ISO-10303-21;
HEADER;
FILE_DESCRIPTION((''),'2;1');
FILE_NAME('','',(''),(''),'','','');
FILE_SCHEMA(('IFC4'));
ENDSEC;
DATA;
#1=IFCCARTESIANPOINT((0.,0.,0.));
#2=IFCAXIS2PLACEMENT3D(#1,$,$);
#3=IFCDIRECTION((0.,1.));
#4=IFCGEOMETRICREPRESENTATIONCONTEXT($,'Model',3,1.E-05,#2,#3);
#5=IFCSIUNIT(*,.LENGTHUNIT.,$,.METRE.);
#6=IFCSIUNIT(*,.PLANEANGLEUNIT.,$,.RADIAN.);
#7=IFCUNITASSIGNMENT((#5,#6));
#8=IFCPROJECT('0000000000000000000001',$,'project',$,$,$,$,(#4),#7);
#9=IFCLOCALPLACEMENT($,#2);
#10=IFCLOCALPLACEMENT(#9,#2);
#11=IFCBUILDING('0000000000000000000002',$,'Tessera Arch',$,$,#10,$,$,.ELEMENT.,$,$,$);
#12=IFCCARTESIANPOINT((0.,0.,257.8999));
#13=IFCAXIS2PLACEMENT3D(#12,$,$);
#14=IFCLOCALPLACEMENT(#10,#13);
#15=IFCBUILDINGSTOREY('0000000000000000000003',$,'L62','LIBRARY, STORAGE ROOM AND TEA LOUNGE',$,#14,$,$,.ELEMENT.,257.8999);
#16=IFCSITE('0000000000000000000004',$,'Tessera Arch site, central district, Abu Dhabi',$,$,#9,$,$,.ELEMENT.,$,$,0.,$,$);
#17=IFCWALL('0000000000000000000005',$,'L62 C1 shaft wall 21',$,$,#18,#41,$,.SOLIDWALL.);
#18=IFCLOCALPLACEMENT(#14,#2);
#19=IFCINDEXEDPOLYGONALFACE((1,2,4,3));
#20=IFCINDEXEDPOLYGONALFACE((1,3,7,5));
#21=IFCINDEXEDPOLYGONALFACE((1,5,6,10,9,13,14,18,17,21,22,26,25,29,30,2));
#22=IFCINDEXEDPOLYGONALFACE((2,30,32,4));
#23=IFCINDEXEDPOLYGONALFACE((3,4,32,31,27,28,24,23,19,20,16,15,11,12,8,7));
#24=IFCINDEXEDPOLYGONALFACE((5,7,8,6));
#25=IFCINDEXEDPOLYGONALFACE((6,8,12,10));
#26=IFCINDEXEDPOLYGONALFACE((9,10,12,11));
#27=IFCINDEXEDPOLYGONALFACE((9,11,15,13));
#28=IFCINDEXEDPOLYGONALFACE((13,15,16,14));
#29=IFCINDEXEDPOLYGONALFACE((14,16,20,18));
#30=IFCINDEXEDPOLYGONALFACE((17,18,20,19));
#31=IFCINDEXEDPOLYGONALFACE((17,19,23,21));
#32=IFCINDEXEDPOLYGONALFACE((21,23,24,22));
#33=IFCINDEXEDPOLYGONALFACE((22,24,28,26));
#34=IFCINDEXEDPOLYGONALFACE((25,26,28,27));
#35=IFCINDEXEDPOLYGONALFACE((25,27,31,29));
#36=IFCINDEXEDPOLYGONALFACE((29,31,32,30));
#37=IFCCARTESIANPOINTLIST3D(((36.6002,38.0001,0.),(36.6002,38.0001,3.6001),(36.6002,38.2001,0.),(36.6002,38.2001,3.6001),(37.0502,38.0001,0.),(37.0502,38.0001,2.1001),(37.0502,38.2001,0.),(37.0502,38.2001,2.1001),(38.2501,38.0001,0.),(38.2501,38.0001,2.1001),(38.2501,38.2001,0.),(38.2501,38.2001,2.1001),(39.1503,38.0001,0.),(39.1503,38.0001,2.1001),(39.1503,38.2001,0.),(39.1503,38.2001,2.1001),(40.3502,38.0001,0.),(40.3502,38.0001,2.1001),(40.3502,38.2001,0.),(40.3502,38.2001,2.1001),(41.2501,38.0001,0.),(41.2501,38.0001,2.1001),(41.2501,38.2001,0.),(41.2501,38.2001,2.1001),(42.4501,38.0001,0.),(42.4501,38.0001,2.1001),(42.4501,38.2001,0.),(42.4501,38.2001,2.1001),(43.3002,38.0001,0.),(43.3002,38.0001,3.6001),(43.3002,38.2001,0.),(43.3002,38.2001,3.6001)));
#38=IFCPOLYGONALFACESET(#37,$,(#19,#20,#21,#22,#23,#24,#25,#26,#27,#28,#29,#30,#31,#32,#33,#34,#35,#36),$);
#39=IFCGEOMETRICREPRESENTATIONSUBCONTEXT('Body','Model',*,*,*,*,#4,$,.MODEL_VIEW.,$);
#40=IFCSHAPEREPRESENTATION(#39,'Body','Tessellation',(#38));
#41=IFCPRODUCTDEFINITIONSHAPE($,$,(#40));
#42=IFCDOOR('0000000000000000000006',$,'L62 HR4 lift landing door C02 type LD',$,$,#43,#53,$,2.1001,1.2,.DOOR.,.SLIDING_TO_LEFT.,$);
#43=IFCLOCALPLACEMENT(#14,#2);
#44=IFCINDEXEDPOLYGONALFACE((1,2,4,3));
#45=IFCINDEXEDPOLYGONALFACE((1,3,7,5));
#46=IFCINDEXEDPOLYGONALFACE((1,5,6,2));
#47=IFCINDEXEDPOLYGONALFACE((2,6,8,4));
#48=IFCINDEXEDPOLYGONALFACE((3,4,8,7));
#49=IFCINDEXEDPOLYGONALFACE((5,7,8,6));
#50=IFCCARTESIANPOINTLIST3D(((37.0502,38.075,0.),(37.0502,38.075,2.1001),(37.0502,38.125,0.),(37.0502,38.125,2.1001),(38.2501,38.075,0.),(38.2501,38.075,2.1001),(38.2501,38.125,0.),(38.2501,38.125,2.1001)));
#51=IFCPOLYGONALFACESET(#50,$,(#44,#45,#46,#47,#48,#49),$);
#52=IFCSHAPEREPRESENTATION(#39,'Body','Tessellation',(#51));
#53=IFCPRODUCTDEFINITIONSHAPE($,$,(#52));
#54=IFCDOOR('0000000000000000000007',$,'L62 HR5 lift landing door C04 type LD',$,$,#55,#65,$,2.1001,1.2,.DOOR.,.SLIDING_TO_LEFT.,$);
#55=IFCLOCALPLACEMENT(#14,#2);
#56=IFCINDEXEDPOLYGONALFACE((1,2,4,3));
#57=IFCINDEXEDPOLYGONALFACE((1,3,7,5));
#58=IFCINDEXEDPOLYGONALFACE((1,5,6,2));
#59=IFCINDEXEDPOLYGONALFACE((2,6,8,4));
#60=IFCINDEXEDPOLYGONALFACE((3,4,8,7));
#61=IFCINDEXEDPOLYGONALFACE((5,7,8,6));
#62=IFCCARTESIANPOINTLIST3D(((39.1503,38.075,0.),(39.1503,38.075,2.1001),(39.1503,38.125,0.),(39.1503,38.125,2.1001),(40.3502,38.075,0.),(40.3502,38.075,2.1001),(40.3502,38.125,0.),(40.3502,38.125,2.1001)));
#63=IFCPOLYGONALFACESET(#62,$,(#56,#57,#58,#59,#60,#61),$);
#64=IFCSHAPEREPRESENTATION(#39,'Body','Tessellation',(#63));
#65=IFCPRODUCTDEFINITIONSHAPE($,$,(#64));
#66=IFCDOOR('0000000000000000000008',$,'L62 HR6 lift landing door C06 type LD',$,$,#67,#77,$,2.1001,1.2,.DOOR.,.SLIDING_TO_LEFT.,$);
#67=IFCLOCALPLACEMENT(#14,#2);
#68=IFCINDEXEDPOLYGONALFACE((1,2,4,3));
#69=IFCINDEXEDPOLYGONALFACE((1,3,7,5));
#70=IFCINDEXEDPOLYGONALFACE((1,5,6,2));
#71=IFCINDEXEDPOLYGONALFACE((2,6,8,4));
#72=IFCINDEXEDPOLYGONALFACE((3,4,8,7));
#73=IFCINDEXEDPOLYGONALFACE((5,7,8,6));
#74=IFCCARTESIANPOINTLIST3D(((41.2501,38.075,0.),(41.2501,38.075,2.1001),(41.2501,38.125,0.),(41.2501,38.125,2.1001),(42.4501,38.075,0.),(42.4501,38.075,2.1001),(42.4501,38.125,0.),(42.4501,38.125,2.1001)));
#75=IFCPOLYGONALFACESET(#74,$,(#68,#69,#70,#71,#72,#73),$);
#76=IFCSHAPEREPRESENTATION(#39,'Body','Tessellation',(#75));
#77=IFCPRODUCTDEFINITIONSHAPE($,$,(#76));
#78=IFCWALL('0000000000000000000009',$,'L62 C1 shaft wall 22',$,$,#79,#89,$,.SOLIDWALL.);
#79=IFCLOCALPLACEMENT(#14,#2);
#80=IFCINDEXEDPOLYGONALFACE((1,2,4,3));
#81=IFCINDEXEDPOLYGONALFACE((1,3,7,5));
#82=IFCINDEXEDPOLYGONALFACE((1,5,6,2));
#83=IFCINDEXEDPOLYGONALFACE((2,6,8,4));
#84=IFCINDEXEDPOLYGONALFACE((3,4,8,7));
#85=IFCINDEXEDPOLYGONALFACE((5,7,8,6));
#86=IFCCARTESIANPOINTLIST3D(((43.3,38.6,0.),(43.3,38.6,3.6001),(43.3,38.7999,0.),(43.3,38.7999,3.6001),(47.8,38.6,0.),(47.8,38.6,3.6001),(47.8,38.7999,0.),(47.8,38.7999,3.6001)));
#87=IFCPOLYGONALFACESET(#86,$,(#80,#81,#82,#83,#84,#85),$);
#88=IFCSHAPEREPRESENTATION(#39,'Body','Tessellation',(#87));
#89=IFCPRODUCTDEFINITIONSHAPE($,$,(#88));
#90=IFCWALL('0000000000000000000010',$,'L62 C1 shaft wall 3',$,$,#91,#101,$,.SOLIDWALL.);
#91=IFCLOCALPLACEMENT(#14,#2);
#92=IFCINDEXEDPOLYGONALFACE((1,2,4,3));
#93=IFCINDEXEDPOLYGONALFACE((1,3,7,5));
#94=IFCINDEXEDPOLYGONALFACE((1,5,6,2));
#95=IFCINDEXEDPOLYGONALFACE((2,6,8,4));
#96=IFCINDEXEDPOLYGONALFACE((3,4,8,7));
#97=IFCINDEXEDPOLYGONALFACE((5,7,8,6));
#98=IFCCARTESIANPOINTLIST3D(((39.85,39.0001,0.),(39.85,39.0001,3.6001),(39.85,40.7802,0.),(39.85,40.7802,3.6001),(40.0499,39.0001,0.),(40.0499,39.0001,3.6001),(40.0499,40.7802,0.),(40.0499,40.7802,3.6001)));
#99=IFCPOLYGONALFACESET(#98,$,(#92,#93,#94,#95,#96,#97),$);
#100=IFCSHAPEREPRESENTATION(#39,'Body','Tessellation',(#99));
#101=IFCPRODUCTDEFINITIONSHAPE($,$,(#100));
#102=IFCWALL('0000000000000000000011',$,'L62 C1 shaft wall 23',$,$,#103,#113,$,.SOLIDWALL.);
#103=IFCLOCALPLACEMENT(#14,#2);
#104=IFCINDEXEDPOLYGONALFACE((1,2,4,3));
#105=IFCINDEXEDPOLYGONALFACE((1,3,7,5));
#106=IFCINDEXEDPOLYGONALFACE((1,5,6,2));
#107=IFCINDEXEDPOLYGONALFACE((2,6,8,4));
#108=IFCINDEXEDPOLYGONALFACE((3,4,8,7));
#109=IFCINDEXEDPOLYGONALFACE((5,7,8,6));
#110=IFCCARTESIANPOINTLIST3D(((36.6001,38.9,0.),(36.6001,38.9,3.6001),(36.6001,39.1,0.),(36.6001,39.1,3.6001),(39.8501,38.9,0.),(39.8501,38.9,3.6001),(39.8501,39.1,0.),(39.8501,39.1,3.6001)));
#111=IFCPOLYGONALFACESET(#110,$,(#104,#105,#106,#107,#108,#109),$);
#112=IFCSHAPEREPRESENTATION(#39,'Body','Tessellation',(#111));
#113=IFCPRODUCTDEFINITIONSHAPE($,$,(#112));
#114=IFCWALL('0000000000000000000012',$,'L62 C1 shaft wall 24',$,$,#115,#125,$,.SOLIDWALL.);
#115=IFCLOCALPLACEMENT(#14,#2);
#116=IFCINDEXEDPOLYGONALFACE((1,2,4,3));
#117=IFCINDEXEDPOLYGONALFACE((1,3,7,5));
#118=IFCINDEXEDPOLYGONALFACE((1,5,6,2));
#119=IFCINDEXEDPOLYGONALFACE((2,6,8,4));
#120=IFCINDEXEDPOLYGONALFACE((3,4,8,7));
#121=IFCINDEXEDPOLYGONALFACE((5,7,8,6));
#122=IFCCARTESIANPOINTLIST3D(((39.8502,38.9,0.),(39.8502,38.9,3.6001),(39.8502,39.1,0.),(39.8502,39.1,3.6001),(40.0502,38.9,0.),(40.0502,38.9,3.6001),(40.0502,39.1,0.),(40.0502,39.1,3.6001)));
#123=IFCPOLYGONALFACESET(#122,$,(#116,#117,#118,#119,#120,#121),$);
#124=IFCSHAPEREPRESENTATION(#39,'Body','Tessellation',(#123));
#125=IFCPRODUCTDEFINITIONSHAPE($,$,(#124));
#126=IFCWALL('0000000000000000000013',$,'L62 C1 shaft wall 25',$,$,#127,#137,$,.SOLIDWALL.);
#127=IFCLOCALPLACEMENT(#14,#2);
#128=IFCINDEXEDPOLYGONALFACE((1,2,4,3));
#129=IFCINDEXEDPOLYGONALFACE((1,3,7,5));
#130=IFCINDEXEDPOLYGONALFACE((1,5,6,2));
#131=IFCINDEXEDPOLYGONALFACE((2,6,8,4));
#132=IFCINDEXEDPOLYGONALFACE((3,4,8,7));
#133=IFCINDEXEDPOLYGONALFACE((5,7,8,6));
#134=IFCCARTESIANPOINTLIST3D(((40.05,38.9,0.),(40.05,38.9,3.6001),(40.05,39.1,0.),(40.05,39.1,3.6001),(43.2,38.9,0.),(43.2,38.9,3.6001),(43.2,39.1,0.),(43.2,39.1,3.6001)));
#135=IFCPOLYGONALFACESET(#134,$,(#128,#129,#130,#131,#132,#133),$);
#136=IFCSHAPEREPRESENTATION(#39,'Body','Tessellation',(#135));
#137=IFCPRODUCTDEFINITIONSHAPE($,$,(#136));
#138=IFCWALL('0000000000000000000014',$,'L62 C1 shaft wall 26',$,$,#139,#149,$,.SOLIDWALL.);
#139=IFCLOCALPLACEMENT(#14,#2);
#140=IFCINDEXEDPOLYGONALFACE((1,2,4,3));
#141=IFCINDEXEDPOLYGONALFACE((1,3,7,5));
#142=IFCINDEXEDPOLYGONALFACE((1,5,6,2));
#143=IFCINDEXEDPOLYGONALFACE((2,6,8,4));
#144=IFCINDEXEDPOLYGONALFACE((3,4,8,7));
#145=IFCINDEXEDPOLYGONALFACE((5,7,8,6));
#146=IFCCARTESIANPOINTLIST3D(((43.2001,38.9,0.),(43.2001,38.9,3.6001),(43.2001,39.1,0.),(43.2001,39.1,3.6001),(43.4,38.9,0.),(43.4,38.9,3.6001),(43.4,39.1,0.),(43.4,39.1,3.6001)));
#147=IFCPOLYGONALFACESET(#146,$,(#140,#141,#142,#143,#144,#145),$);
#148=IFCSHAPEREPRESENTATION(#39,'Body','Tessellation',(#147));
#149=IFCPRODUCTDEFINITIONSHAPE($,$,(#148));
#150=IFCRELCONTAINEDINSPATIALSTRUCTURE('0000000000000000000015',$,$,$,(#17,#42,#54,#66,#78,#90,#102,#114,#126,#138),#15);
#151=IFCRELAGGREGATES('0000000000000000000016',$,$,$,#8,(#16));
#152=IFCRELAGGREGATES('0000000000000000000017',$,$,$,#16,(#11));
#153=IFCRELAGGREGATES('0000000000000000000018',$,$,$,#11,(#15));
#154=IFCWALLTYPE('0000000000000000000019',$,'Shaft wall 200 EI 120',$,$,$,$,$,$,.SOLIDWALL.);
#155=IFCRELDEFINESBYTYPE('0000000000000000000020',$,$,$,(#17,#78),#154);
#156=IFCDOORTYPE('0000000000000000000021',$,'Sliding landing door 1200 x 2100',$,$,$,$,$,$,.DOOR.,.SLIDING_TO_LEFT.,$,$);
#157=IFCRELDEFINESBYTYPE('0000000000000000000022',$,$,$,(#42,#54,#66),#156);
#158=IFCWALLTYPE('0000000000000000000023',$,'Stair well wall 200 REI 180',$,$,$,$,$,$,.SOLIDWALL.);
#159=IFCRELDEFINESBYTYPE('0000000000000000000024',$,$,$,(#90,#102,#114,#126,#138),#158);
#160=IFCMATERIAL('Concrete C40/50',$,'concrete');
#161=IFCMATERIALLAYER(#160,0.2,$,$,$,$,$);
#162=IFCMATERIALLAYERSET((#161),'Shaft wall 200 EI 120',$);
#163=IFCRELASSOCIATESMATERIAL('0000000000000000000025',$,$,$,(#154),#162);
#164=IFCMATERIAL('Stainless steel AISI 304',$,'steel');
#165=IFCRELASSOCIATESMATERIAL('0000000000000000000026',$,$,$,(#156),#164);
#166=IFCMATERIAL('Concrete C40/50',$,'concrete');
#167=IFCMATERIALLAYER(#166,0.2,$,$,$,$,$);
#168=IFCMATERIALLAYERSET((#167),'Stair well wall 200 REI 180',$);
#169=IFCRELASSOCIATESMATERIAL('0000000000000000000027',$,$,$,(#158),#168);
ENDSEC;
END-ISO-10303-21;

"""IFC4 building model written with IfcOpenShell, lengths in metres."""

from ifc_helpers import new_model, si_unit, direction, frame, frame_2d, origin, place, context, subcontext, project, spatial, rectangle, extrude, material, layer, layer_set, type_object, element, fill, save


model = new_model("IFC4")

# Units and contexts
model_context = context("Model", 3, precision=1e-05, world=origin(), true_north=direction((0.0, 1.0)))
body_context = subcontext(model_context, "Body", "Model", "MODEL_VIEW")
ifc_project = project(units=[si_unit("LENGTHUNIT", "METRE"), si_unit("PLANEANGLEUNIT", "RADIAN")], contexts=[model_context])

# Site, building, storey
site_placement = place(None, origin())
site = spatial("IfcSite", under=ifc_project, at=site_placement, Name="Tessera Arch site, central district, Abu Dhabi", CompositionType="ELEMENT", RefElevation=0.0)
building_placement = place(site_placement, origin())
building = spatial("IfcBuilding", under=site, at=building_placement, Name="Tessera Arch", CompositionType="ELEMENT")
storey_placement = place(building_placement, frame((0.0, 0.0, 257.8999)))
storey = spatial("IfcBuildingStorey", under=building, at=storey_placement, Name="L62", Description="LIBRARY, STORAGE ROOM AND TEA LOUNGE", CompositionType="ELEMENT", Elevation=257.8999)

# Shared definitions
ifc_material_1 = material(Name="Concrete C40/50", Category="concrete")
ifc_layer_1 = layer(ifc_material_1, 0.2)
ifc_layer_set_1 = layer_set([ifc_layer_1], Name="Shaft wall 200 EI 120")
wall_type_1 = type_object("IfcWallType", Name="Shaft wall 200 EI 120", PredefinedType="SOLIDWALL", material=ifc_layer_set_1)

# Shared definitions
ifc_material_2 = material(Name="Stainless steel AISI 304", Category="steel")
door_type_1 = type_object("IfcDoorType", Name="Sliding landing door 1200 x 2100", OperationType="SLIDING_TO_LEFT", PredefinedType="DOOR", material=ifc_material_2)

# Wall, openings, doors
wall_1_placement = place(storey_placement, frame((36.6001, 38.1001, 0.0), z_axis=(0.0, 0.0, 1.0), x_axis=(1.0, 0.0, 0.0)))
wall_1 = element("IfcWall", 1, at=wall_1_placement, inside=storey, type_object=wall_type_1, Name="L62 C1 shaft wall 21", PredefinedType="SOLIDWALL", context=body_context, shape_type="SweptSolid", body=[
    extrude(rectangle(XDim=6.7, YDim=0.2, at=frame_2d((3.3501, 0.0))), origin(), (0.0, 0.0, 1.0), 3.6001),
])
opening_1_placement = place(wall_1_placement, frame((0.45, 0.0, 0.0)))
opening_1 = element("IfcOpeningElement", 2, at=opening_1_placement, cuts=wall_1, PredefinedType="OPENING", context=body_context, shape_type="SweptSolid", body=[
    extrude(rectangle(XDim=1.2, YDim=2.1001, at=frame_2d((0.6001, 1.05))), frame((0.0, 0.1099, 0.0), z_axis=(0.0, -1.0, 0.0), x_axis=(1.0, 0.0, 0.0)), (0.0, 0.0, 1.0), 0.22),
])
opening_2_placement = place(wall_1_placement, frame((2.55, 0.0, 0.0)))
opening_2 = element("IfcOpeningElement", 3, at=opening_2_placement, cuts=wall_1, PredefinedType="OPENING", context=body_context, shape_type="SweptSolid", body=[
    extrude(rectangle(XDim=1.2, YDim=2.1001, at=frame_2d((0.6001, 1.05))), frame((0.0, 0.1099, 0.0), z_axis=(0.0, -1.0, 0.0), x_axis=(1.0, 0.0, 0.0)), (0.0, 0.0, 1.0), 0.22),
])
opening_3_placement = place(wall_1_placement, frame((4.6499, 0.0, 0.0)))
opening_3 = element("IfcOpeningElement", 4, at=opening_3_placement, cuts=wall_1, PredefinedType="OPENING", context=body_context, shape_type="SweptSolid", body=[
    extrude(rectangle(XDim=1.2, YDim=2.1001, at=frame_2d((0.6001, 1.05))), frame((0.0, 0.1099, 0.0), z_axis=(0.0, -1.0, 0.0), x_axis=(1.0, 0.0, 0.0)), (0.0, 0.0, 1.0), 0.22),
])
door_1_placement = place(opening_1_placement, origin())
door_1 = element("IfcDoor", 5, at=door_1_placement, inside=storey, type_object=door_type_1, Name="L62 HR4 lift landing door C02 type LD", OperationType="SLIDING_TO_LEFT", OverallHeight=2.1001, OverallWidth=1.2, PredefinedType="DOOR", context=body_context, shape_type="SweptSolid", body=[
    extrude(rectangle(XDim=1.2, YDim=2.1001, at=frame_2d((0.6001, 1.05))), frame((0.0, 0.0249, 0.0), z_axis=(0.0, -1.0, 0.0), x_axis=(1.0, 0.0, 0.0)), (0.0, 0.0, 1.0), 0.05),
])
fill(opening_1, door_1)
door_2_placement = place(opening_2_placement, origin())
door_2 = element("IfcDoor", 6, at=door_2_placement, inside=storey, type_object=door_type_1, Name="L62 HR5 lift landing door C04 type LD", OperationType="SLIDING_TO_LEFT", OverallHeight=2.1001, OverallWidth=1.2, PredefinedType="DOOR", context=body_context, shape_type="SweptSolid", body=[
    extrude(rectangle(XDim=1.2, YDim=2.1001, at=frame_2d((0.6001, 1.05))), frame((0.0, 0.0249, 0.0), z_axis=(0.0, -1.0, 0.0), x_axis=(1.0, 0.0, 0.0)), (0.0, 0.0, 1.0), 0.05),
])
fill(opening_2, door_2)
door_3_placement = place(opening_3_placement, origin())
door_3 = element("IfcDoor", 7, at=door_3_placement, inside=storey, type_object=door_type_1, Name="L62 HR6 lift landing door C06 type LD", OperationType="SLIDING_TO_LEFT", OverallHeight=2.1001, OverallWidth=1.2, PredefinedType="DOOR", context=body_context, shape_type="SweptSolid", body=[
    extrude(rectangle(XDim=1.2, YDim=2.1001, at=frame_2d((0.6001, 1.05))), frame((0.0, 0.0249, 0.0), z_axis=(0.0, -1.0, 0.0), x_axis=(1.0, 0.0, 0.0)), (0.0, 0.0, 1.0), 0.05),
])
fill(opening_3, door_3)

# Walls
wall_2_placement = place(storey_placement, frame((43.3, 38.7, 0.0), z_axis=(0.0, 0.0, 1.0), x_axis=(1.0, 0.0, 0.0)))
element("IfcWall", 8, at=wall_2_placement, inside=storey, type_object=wall_type_1, Name="L62 C1 shaft wall 22", PredefinedType="SOLIDWALL", context=body_context, shape_type="SweptSolid", body=[
    extrude(rectangle(XDim=4.5, YDim=0.2, at=frame_2d((2.25, 0.0))), origin(), (0.0, 0.0, 1.0), 3.6001),
])
ifc_material_3 = material(Name="Concrete C40/50", Category="concrete")
ifc_layer_2 = layer(ifc_material_3, 0.2)
ifc_layer_set_2 = layer_set([ifc_layer_2], Name="Stair well wall 200 REI 180")
wall_type_2 = type_object("IfcWallType", Name="Stair well wall 200 REI 180", PredefinedType="SOLIDWALL", material=ifc_layer_set_2)
wall_3_placement = place(storey_placement, frame((39.95, 39.0, 0.0), z_axis=(0.0, 0.0, 1.0), x_axis=(0.0, 1.0, 0.0)))
element("IfcWall", 9, at=wall_3_placement, inside=storey, type_object=wall_type_2, Name="L62 C1 shaft wall 3", PredefinedType="SOLIDWALL", context=body_context, shape_type="SweptSolid", body=[
    extrude(rectangle(XDim=1.78, YDim=0.2, at=frame_2d((0.8901, 0.0))), origin(), (0.0, 0.0, 1.0), 3.6001),
])
wall_4_placement = place(storey_placement, frame((36.6001, 39.0, 0.0), z_axis=(0.0, 0.0, 1.0), x_axis=(1.0, 0.0, 0.0)))
element("IfcWall", 10, at=wall_4_placement, inside=storey, type_object=wall_type_2, Name="L62 C1 shaft wall 23", PredefinedType="SOLIDWALL", context=body_context, shape_type="SweptSolid", body=[
    extrude(rectangle(XDim=3.25, YDim=0.2, at=frame_2d((1.625, 0.0))), origin(), (0.0, 0.0, 1.0), 3.6001),
])
wall_5_placement = place(storey_placement, frame((39.8501, 39.0, 0.0), z_axis=(0.0, 0.0, 1.0), x_axis=(1.0, 0.0, 0.0)))
element("IfcWall", 11, at=wall_5_placement, inside=storey, type_object=wall_type_2, Name="L62 C1 shaft wall 24", PredefinedType="SOLIDWALL", context=body_context, shape_type="SweptSolid", body=[
    extrude(rectangle(XDim=0.2, YDim=0.2, at=frame_2d((0.1001, 0.0))), origin(), (0.0, 0.0, 1.0), 3.6001),
])
wall_6_placement = place(storey_placement, frame((40.05, 39.0, 0.0), z_axis=(0.0, 0.0, 1.0), x_axis=(1.0, 0.0, 0.0)))
element("IfcWall", 12, at=wall_6_placement, inside=storey, type_object=wall_type_2, Name="L62 C1 shaft wall 25", PredefinedType="SOLIDWALL", context=body_context, shape_type="SweptSolid", body=[
    extrude(rectangle(XDim=3.1499, YDim=0.2, at=frame_2d((1.575, 0.0))), origin(), (0.0, 0.0, 1.0), 3.6001),
])
wall_7_placement = place(storey_placement, frame((43.2, 39.0, 0.0), z_axis=(0.0, 0.0, 1.0), x_axis=(1.0, 0.0, 0.0)))
element("IfcWall", 13, at=wall_7_placement, inside=storey, type_object=wall_type_2, Name="L62 C1 shaft wall 26", PredefinedType="SOLIDWALL", context=body_context, shape_type="SweptSolid", body=[
    extrude(rectangle(XDim=0.2, YDim=0.2, at=frame_2d((0.1001, 0.0))), origin(), (0.0, 0.0, 1.0), 3.6001),
])

save(model, "model.ifc")
